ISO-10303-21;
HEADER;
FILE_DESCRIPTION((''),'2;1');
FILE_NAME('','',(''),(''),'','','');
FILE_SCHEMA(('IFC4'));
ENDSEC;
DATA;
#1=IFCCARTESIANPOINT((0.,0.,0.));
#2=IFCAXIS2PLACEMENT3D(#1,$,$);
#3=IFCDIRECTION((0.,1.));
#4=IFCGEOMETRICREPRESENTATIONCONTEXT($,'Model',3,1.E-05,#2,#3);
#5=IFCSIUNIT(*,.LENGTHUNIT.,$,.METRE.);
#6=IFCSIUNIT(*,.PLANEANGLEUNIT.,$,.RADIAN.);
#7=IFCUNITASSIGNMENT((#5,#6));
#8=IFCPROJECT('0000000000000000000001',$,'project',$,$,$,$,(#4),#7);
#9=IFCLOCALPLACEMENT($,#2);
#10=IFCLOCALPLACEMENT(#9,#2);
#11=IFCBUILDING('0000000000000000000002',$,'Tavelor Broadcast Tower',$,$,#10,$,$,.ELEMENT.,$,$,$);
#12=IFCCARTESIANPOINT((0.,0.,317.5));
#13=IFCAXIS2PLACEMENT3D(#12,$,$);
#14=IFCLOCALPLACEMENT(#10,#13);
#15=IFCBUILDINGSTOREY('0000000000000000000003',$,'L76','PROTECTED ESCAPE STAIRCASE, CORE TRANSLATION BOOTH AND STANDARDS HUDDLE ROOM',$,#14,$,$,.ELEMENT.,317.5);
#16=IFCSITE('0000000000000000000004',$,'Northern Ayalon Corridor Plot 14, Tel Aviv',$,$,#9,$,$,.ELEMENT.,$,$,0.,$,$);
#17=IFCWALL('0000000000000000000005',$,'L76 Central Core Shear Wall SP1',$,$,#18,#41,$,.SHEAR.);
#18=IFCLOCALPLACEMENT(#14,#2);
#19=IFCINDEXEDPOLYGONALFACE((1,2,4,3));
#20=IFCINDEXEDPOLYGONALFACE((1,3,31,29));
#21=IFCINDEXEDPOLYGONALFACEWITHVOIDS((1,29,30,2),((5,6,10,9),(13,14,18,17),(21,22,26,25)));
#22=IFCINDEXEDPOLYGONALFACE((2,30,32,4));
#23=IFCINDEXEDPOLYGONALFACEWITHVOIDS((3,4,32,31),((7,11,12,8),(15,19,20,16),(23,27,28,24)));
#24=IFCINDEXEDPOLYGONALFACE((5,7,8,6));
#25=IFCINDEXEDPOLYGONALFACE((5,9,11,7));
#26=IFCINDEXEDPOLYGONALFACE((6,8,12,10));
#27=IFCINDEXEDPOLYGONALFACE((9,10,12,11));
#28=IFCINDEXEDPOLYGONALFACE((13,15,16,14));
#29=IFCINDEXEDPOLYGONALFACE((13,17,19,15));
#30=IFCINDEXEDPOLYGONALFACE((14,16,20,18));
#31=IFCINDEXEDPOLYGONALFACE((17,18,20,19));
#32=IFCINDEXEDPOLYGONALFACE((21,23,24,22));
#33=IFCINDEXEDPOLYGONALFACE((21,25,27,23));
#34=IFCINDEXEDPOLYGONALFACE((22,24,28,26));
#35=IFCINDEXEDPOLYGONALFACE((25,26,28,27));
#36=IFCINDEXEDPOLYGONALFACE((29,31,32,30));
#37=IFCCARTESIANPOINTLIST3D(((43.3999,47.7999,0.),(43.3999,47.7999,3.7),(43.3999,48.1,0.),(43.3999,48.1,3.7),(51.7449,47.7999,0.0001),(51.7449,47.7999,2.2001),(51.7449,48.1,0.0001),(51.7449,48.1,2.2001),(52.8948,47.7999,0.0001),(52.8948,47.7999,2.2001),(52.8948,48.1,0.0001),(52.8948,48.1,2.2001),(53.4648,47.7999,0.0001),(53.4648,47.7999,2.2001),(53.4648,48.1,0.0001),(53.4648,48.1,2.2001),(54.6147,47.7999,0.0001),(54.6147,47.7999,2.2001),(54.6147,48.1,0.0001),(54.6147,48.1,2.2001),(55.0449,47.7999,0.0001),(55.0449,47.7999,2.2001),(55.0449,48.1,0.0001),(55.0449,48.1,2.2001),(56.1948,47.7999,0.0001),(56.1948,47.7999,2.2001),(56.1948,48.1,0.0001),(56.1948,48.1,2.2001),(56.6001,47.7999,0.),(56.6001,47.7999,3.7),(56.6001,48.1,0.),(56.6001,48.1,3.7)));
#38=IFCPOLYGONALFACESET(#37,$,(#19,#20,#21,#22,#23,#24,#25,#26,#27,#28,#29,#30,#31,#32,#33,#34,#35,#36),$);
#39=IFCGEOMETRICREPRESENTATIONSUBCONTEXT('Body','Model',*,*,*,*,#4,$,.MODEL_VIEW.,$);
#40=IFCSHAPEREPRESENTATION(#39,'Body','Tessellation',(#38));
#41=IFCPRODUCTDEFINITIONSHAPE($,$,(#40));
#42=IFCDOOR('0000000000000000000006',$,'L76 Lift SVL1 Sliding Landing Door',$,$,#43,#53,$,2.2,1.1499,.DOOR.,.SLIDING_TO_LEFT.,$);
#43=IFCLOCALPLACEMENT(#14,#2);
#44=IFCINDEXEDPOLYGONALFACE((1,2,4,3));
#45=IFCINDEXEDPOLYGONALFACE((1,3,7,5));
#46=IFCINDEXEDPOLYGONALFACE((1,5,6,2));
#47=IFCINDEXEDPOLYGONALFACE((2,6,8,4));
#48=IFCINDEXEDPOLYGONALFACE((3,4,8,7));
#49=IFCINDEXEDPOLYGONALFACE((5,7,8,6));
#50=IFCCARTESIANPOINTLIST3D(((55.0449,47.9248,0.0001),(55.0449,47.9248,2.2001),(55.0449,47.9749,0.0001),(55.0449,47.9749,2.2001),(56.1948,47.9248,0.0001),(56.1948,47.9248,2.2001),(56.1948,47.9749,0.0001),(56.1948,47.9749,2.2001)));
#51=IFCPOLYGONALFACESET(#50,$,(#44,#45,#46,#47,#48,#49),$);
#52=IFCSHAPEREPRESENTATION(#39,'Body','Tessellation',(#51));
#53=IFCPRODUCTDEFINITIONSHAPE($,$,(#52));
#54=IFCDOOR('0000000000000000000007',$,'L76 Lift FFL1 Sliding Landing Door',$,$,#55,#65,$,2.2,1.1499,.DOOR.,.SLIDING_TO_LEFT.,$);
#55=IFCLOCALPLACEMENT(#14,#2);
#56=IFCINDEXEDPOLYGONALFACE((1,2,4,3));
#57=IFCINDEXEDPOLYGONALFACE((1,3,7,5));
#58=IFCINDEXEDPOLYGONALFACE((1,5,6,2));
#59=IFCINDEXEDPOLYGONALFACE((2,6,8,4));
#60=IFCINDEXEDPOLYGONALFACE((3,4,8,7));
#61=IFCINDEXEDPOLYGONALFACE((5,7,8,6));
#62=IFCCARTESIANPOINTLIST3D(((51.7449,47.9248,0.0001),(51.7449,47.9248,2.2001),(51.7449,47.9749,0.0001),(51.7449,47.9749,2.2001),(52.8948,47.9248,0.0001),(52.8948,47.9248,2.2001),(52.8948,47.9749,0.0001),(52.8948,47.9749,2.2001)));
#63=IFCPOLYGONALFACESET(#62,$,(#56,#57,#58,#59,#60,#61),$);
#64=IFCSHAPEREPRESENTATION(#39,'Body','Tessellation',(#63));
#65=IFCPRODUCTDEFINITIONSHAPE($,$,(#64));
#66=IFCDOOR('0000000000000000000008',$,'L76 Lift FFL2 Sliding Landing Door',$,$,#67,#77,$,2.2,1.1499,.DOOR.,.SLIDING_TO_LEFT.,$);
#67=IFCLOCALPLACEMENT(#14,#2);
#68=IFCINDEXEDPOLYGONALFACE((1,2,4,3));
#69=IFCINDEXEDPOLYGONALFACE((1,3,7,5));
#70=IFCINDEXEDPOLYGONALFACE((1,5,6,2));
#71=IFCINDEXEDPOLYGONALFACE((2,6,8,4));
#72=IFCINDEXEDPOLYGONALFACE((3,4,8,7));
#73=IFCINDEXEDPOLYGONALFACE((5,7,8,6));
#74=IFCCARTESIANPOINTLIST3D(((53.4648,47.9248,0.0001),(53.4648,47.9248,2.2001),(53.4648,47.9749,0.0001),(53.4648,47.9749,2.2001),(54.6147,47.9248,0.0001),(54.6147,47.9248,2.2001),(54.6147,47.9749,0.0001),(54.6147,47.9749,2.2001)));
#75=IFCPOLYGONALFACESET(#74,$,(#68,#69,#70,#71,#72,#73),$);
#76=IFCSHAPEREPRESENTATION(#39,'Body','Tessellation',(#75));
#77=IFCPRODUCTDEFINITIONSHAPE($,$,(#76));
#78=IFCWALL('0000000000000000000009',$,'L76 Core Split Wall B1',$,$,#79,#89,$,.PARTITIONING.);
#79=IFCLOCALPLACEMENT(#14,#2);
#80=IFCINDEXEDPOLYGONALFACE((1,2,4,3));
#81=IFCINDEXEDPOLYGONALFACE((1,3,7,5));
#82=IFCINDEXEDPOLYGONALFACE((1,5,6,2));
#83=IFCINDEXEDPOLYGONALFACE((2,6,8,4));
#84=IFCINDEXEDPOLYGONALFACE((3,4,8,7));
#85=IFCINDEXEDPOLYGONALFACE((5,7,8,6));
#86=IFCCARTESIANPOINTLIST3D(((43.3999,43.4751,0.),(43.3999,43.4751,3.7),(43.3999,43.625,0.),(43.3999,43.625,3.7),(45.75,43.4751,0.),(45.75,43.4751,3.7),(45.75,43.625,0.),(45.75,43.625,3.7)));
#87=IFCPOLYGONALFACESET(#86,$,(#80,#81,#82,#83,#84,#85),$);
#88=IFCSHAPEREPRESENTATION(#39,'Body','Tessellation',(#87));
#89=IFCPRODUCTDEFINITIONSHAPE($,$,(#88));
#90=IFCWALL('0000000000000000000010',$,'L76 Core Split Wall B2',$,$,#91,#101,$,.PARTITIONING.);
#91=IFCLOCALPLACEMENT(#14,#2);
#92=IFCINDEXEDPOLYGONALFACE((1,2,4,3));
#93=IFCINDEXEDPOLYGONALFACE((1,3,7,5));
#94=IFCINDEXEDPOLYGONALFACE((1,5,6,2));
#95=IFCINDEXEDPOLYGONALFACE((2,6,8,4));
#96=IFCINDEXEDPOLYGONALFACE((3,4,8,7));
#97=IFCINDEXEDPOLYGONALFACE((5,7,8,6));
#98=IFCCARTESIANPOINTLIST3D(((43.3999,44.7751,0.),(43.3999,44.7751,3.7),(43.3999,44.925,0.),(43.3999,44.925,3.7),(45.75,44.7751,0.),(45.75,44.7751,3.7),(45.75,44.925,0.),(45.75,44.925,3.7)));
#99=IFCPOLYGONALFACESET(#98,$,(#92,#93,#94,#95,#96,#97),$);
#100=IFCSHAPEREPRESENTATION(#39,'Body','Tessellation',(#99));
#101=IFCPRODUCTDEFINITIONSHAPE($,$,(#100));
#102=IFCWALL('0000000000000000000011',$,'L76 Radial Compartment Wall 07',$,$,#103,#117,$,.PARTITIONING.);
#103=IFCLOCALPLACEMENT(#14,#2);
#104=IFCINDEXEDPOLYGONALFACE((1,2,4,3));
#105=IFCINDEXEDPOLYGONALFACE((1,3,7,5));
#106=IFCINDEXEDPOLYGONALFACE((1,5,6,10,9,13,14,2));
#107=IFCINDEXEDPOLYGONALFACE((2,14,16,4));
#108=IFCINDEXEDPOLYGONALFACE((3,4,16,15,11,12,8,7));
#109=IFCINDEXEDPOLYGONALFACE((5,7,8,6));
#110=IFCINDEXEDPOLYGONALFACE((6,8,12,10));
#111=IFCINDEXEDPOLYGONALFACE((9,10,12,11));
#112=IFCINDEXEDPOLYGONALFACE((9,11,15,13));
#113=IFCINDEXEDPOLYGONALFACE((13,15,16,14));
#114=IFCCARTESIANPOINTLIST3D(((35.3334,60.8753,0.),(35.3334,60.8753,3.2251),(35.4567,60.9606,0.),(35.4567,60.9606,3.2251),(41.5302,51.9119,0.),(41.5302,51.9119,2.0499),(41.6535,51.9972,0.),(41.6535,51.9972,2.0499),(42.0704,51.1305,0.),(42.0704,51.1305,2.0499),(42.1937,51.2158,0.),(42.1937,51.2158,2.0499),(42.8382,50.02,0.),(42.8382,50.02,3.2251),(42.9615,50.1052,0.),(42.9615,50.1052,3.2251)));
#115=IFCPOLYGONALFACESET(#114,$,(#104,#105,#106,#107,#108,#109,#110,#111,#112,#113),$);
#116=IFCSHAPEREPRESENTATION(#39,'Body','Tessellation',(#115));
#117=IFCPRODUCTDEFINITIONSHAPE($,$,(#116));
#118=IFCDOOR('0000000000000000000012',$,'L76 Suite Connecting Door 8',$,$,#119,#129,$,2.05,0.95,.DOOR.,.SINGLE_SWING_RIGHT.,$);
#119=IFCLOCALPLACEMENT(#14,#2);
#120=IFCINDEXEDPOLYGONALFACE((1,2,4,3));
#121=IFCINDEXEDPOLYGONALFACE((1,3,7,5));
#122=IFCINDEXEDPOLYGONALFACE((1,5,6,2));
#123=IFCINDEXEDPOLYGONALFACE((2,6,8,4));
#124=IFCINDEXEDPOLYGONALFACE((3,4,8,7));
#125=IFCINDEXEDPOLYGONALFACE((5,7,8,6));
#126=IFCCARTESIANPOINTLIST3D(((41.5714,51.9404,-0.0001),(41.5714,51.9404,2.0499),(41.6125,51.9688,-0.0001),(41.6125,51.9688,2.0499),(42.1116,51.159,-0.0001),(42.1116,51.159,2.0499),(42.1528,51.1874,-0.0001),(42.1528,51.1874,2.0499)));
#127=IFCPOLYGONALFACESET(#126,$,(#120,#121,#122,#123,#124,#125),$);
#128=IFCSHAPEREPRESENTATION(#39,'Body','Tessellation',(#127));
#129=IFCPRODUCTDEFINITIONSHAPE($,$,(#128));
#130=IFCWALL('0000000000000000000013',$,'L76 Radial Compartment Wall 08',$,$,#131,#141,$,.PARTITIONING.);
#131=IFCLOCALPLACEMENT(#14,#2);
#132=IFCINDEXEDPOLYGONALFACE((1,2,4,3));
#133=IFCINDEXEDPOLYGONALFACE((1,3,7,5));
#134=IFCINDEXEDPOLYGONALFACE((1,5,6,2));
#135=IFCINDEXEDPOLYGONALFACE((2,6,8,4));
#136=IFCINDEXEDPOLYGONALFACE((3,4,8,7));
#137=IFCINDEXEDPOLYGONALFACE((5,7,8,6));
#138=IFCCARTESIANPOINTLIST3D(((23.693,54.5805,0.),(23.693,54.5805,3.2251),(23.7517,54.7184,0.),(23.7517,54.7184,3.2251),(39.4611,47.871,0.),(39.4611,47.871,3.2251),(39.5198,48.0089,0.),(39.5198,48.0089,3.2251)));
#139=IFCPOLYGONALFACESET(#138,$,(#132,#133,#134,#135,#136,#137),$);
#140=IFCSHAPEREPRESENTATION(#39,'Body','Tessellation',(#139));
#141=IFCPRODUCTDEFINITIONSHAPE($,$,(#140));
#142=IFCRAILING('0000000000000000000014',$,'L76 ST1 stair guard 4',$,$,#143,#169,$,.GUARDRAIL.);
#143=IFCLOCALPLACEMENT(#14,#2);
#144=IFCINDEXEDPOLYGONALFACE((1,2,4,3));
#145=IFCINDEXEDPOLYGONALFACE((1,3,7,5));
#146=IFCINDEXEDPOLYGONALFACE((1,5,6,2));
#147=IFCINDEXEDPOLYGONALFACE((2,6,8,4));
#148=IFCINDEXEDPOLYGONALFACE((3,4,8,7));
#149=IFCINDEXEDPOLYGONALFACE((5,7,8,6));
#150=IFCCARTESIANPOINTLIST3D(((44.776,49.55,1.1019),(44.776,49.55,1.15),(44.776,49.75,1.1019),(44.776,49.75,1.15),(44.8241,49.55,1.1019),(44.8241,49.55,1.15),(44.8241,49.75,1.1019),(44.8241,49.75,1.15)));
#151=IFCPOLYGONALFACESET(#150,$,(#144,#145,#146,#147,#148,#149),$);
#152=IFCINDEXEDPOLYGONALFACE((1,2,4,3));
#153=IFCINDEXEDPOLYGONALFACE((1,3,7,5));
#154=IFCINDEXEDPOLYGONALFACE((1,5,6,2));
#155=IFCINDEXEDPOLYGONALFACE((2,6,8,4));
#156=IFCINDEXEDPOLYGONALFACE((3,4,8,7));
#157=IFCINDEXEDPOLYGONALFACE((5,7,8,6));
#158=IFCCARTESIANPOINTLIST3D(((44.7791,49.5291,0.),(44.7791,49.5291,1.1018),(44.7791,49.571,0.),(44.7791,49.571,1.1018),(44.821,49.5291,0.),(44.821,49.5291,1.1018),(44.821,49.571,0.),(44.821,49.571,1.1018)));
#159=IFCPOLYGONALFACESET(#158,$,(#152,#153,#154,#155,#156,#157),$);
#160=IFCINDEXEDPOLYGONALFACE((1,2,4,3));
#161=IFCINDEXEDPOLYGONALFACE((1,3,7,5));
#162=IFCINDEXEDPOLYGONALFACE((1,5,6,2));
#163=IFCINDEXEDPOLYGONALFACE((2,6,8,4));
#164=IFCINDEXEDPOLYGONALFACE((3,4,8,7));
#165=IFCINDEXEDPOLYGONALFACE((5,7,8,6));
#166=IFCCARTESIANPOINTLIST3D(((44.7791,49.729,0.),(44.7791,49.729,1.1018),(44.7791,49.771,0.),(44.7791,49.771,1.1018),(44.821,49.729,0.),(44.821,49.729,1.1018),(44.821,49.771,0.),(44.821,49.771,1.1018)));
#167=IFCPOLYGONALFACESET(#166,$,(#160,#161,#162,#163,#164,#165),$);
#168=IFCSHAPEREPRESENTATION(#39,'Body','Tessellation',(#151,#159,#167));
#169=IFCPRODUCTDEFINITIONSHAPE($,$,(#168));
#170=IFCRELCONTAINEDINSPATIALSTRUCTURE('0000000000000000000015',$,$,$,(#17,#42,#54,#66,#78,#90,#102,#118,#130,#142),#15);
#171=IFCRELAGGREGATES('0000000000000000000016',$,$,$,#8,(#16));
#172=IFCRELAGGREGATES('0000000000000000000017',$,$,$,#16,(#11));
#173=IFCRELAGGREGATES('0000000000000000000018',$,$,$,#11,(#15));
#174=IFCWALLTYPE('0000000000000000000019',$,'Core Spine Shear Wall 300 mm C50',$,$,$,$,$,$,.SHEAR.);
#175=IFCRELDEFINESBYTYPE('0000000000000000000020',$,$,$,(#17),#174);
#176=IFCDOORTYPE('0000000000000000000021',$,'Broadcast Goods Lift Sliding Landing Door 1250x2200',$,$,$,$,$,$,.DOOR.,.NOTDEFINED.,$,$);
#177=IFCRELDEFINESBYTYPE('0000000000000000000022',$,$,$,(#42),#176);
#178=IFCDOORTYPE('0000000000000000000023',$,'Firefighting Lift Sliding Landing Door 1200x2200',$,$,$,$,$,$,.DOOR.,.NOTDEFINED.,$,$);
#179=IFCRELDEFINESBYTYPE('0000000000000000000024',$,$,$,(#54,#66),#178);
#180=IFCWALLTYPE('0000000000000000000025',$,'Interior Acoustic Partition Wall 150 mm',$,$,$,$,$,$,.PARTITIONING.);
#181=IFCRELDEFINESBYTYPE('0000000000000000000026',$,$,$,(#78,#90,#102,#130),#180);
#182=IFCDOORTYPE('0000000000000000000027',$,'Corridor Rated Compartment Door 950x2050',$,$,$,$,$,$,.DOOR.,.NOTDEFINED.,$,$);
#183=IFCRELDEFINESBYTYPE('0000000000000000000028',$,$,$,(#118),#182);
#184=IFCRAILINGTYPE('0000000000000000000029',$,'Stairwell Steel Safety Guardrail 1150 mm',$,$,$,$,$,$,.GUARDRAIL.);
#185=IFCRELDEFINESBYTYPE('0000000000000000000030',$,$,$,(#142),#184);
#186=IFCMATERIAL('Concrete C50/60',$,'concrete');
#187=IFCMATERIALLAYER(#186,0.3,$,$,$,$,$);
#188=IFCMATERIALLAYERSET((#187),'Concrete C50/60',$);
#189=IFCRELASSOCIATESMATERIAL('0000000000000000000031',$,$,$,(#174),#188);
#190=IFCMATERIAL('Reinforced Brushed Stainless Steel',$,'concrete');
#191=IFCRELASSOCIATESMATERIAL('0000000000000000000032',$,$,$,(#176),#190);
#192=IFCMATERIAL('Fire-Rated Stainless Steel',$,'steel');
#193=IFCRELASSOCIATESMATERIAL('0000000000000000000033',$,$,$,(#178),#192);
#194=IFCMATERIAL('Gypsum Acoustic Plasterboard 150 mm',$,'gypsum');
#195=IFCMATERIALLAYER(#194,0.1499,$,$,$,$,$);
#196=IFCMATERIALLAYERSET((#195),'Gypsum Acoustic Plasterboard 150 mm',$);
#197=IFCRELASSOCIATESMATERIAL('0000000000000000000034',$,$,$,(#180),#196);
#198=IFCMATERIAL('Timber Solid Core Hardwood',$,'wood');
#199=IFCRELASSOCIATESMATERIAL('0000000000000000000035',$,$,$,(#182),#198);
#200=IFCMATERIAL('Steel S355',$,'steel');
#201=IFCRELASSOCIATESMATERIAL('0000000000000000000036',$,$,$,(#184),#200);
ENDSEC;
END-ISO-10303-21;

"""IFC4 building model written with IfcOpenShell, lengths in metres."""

from ifc_helpers import new_model, si_unit, direction, frame, frame_2d, origin, origin_2d, place, context, subcontext, project, spatial, rectangle, extrude, material, layer, layer_set, type_object, element, fill, save


model = new_model("IFC4")

# Units and contexts
model_context = context("Model", 3, precision=1e-05, world=origin(), true_north=direction((0.0, 1.0)))
body_context = subcontext(model_context, "Body", "Model", "MODEL_VIEW")
ifc_project = project(units=[si_unit("LENGTHUNIT", "METRE"), si_unit("PLANEANGLEUNIT", "RADIAN")], contexts=[model_context])

# Site, building, storey
site_placement = place(None, origin())
site = spatial("IfcSite", under=ifc_project, at=site_placement, Name="Northern Ayalon Corridor Plot 14, Tel Aviv", CompositionType="ELEMENT", RefElevation=0.0)
building_placement = place(site_placement, origin())
building = spatial("IfcBuilding", under=site, at=building_placement, Name="Tavelor Broadcast Tower", CompositionType="ELEMENT")
storey_placement = place(building_placement, frame((0.0, 0.0, 317.5)))
storey = spatial("IfcBuildingStorey", under=building, at=storey_placement, Name="L76", Description="PROTECTED ESCAPE STAIRCASE, CORE TRANSLATION BOOTH AND STANDARDS HUDDLE ROOM", CompositionType="ELEMENT", Elevation=317.5)

# Shared definitions
ifc_material_1 = material(Name="Concrete C50/60", Category="concrete")

# Shared definitions
ifc_material_2 = material(Name="Steel S355", Category="steel")

# Wall, openings, doors
ifc_layer_1 = layer(ifc_material_1, 0.3)
ifc_layer_set_1 = layer_set([ifc_layer_1], Name="Concrete C50/60")
wall_type_1 = type_object("IfcWallType", Name="Core Spine Shear Wall 300 mm C50", PredefinedType="SHEAR", material=ifc_layer_set_1)
wall_1_placement = place(storey_placement, frame((43.3999, 47.95, 0.0), z_axis=(0.0, 0.0, 1.0), x_axis=(1.0, 0.0, 0.0)))
wall_1 = element("IfcWall", 1, at=wall_1_placement, inside=storey, type_object=wall_type_1, Name="L76 Central Core Shear Wall SP1", PredefinedType="SHEAR", context=body_context, shape_type="SweptSolid", body=[
    extrude(rectangle(XDim=13.2002, YDim=0.3, at=frame_2d((6.6001, 0.0))), origin(), (0.0, 0.0, 1.0), 3.7),
])
opening_1_placement = place(wall_1_placement, frame((8.345, 0.0, 0.0)))
opening_1 = element("IfcOpeningElement", 2, at=opening_1_placement, cuts=wall_1, PredefinedType="OPENING", context=body_context, shape_type="SweptSolid", body=[
    extrude(rectangle(XDim=1.1499, YDim=2.2, at=frame_2d((0.575, 1.1001))), frame((0.0, 0.1602, 0.0), z_axis=(0.0, -1.0, 0.0), x_axis=(1.0, 0.0, 0.0)), (0.0, 0.0, 1.0), 0.3201),
])
opening_2_placement = place(wall_1_placement, frame((10.0649, 0.0, 0.0)))
opening_2 = element("IfcOpeningElement", 3, at=opening_2_placement, cuts=wall_1, PredefinedType="OPENING", context=body_context, shape_type="SweptSolid", body=[
    extrude(rectangle(XDim=1.1499, YDim=2.2, at=frame_2d((0.575, 1.1001))), frame((0.0, 0.1602, 0.0), z_axis=(0.0, -1.0, 0.0), x_axis=(1.0, 0.0, 0.0)), (0.0, 0.0, 1.0), 0.3201),
])
opening_3_placement = place(wall_1_placement, frame((11.645, 0.0, 0.0)))
opening_3 = element("IfcOpeningElement", 4, at=opening_3_placement, cuts=wall_1, PredefinedType="OPENING", context=body_context, shape_type="SweptSolid", body=[
    extrude(rectangle(XDim=1.1499, YDim=2.2, at=frame_2d((0.575, 1.1001))), frame((0.0, 0.1602, 0.0), z_axis=(0.0, -1.0, 0.0), x_axis=(1.0, 0.0, 0.0)), (0.0, 0.0, 1.0), 0.3201),
])
ifc_material_3 = material(Name="Reinforced Brushed Stainless Steel", Category="concrete")
door_type_1 = type_object("IfcDoorType", Name="Broadcast Goods Lift Sliding Landing Door 1250x2200", OperationType="NOTDEFINED", PredefinedType="DOOR", material=ifc_material_3)
door_1_placement = place(opening_3_placement, origin())
door_1 = element("IfcDoor", 5, at=door_1_placement, inside=storey, type_object=door_type_1, Name="L76 Lift SVL1 Sliding Landing Door", OperationType="SLIDING_TO_LEFT", OverallHeight=2.2, OverallWidth=1.1499, PredefinedType="DOOR", context=body_context, shape_type="SweptSolid", body=[
    extrude(rectangle(XDim=1.1499, YDim=2.2, at=frame_2d((0.575, 1.1001))), frame((0.0, 0.0249, 0.0), z_axis=(0.0, -1.0, 0.0), x_axis=(1.0, 0.0, 0.0)), (0.0, 0.0, 1.0), 0.05),
])
fill(opening_3, door_1)
ifc_material_4 = material(Name="Fire-Rated Stainless Steel", Category="steel")
door_type_2 = type_object("IfcDoorType", Name="Firefighting Lift Sliding Landing Door 1200x2200", OperationType="NOTDEFINED", PredefinedType="DOOR", material=ifc_material_4)
door_2_placement = place(opening_1_placement, origin())
door_2 = element("IfcDoor", 6, at=door_2_placement, inside=storey, type_object=door_type_2, Name="L76 Lift FFL1 Sliding Landing Door", OperationType="SLIDING_TO_LEFT", OverallHeight=2.2, OverallWidth=1.1499, PredefinedType="DOOR", context=body_context, shape_type="SweptSolid", body=[
    extrude(rectangle(XDim=1.1499, YDim=2.2, at=frame_2d((0.575, 1.1001))), frame((0.0, 0.0249, 0.0), z_axis=(0.0, -1.0, 0.0), x_axis=(1.0, 0.0, 0.0)), (0.0, 0.0, 1.0), 0.05),
])
fill(opening_1, door_2)
door_3_placement = place(opening_2_placement, origin())
door_3 = element("IfcDoor", 7, at=door_3_placement, inside=storey, type_object=door_type_2, Name="L76 Lift FFL2 Sliding Landing Door", OperationType="SLIDING_TO_LEFT", OverallHeight=2.2, OverallWidth=1.1499, PredefinedType="DOOR", context=body_context, shape_type="SweptSolid", body=[
    extrude(rectangle(XDim=1.1499, YDim=2.2, at=frame_2d((0.575, 1.1001))), frame((0.0, 0.0249, 0.0), z_axis=(0.0, -1.0, 0.0), x_axis=(1.0, 0.0, 0.0)), (0.0, 0.0, 1.0), 0.05),
])
fill(opening_2, door_3)

# Walls
ifc_material_5 = material(Name="Gypsum Acoustic Plasterboard 150 mm", Category="gypsum")
ifc_layer_2 = layer(ifc_material_5, 0.1499)
ifc_layer_set_2 = layer_set([ifc_layer_2], Name="Gypsum Acoustic Plasterboard 150 mm")
wall_type_2 = type_object("IfcWallType", Name="Interior Acoustic Partition Wall 150 mm", PredefinedType="PARTITIONING", material=ifc_layer_set_2)
for number, where, z_axis, x_axis, name in (
    (8, (43.3999, 43.55, 0.0), (0.0, 0.0, 1.0), (1.0, 0.0, 0.0), "L76 Core Split Wall B1"),
    (9, (43.3999, 44.8501, 0.0), (0.0, 0.0, 1.0), (1.0, 0.0, 0.0), "L76 Core Split Wall B2"),
):
    element("IfcWall", number, at=place(storey_placement, frame(where, z_axis=z_axis, x_axis=x_axis)), inside=storey, type_object=wall_type_2, Name=name, PredefinedType="PARTITIONING", context=body_context, shape_type="SweptSolid", body=[
        extrude(rectangle(XDim=2.3501, YDim=0.1499, at=frame_2d((1.175, 0.0))), origin(), (0.0, 0.0, 1.0), 3.7),
    ])

# Wall, opening, door
wall_2_placement = place(storey_placement, frame((42.8999, 50.0625, 0.0), z_axis=(0.0, 0.0, 1.0), x_axis=(-0.568675, 0.822562, 0.0)))
wall_2 = element("IfcWall", 10, at=wall_2_placement, inside=storey, type_object=wall_type_2, Name="L76 Radial Compartment Wall 07", PredefinedType="PARTITIONING", context=body_context, shape_type="SweptSolid", body=[
    extrude(rectangle(XDim=13.197, YDim=0.1499, at=frame_2d((6.5986, 0.0))), origin(), (0.0, 0.0, 1.0), 3.2251),
])
opening_4_placement = place(wall_2_placement, frame((1.3501, 0.0, 0.0)))
opening_4 = element("IfcOpeningElement", 11, at=opening_4_placement, cuts=wall_2, PredefinedType="OPENING", context=body_context, shape_type="SweptSolid", body=[
    extrude(rectangle(XDim=0.95, YDim=2.05, at=frame_2d((0.4751, 1.0249))), frame((0.0, 0.085, 0.0), z_axis=(0.0, -1.0, 0.0), x_axis=(1.0, 0.0, 0.0)), (0.0, 0.0, 1.0), 0.1699),
])
ifc_material_6 = material(Name="Timber Solid Core Hardwood", Category="wood")
door_type_3 = type_object("IfcDoorType", Name="Corridor Rated Compartment Door 950x2050", OperationType="NOTDEFINED", PredefinedType="DOOR", material=ifc_material_6)
door_4_placement = place(opening_4_placement, origin())
door_4 = element("IfcDoor", 12, at=door_4_placement, inside=storey, type_object=door_type_3, Name="L76 Suite Connecting Door 8", OperationType="SINGLE_SWING_RIGHT", OverallHeight=2.05, OverallWidth=0.95, PredefinedType="DOOR", context=body_context, shape_type="SweptSolid", body=[
    extrude(rectangle(XDim=0.95, YDim=2.05, at=frame_2d((0.4751, 1.0249))), frame((0.0, 0.0249, 0.0), z_axis=(0.0, -1.0, 0.0), x_axis=(1.0, 0.0, 0.0)), (0.0, 0.0, 1.0), 0.05),
])
fill(opening_4, door_4)

# Wall
wall_3_placement = place(storey_placement, frame((39.4905, 47.9399, 0.0), z_axis=(0.0, 0.0, 1.0), x_axis=(-0.920162, 0.391538, 0.0)))
element("IfcWall", 13, at=wall_3_placement, inside=storey, type_object=wall_type_2, Name="L76 Radial Compartment Wall 08", PredefinedType="PARTITIONING", context=body_context, shape_type="SweptSolid", body=[
    extrude(rectangle(XDim=17.1362, YDim=0.1499, at=frame_2d((8.5681, 0.0))), origin(), (0.0, 0.0, 1.0), 3.2251),
])

# Railing
railing_type = type_object("IfcRailingType", Name="Stairwell Steel Safety Guardrail 1150 mm", PredefinedType="GUARDRAIL", material=ifc_material_2)
railing_placement = place(storey_placement, frame((44.8, 49.55, 0.0)))
element("IfcRailing", 14, at=railing_placement, inside=storey, type_object=railing_type, Name="L76 ST1 stair guard 4", PredefinedType="GUARDRAIL", context=body_context, shape_type="SweptSolid", body=[
    extrude(rectangle(XDim=0.0481, YDim=0.0481, at=origin_2d()), frame((0.0, 0.0, 1.126), z_axis=(0.0, 1.0, 0.0), x_axis=(-1.0, 0.0, 0.0)), (0.0, 0.0, 1.0), 0.2),
    extrude(rectangle(XDim=0.042, YDim=0.042, at=origin_2d()), origin(), (0.0, 0.0, 1.0), 1.1018),
    extrude(rectangle(XDim=0.042, YDim=0.042, at=origin_2d()), frame((0.0, 0.2, 0.0)), (0.0, 0.0, 1.0), 1.1018),
])

save(model, "model.ifc")
